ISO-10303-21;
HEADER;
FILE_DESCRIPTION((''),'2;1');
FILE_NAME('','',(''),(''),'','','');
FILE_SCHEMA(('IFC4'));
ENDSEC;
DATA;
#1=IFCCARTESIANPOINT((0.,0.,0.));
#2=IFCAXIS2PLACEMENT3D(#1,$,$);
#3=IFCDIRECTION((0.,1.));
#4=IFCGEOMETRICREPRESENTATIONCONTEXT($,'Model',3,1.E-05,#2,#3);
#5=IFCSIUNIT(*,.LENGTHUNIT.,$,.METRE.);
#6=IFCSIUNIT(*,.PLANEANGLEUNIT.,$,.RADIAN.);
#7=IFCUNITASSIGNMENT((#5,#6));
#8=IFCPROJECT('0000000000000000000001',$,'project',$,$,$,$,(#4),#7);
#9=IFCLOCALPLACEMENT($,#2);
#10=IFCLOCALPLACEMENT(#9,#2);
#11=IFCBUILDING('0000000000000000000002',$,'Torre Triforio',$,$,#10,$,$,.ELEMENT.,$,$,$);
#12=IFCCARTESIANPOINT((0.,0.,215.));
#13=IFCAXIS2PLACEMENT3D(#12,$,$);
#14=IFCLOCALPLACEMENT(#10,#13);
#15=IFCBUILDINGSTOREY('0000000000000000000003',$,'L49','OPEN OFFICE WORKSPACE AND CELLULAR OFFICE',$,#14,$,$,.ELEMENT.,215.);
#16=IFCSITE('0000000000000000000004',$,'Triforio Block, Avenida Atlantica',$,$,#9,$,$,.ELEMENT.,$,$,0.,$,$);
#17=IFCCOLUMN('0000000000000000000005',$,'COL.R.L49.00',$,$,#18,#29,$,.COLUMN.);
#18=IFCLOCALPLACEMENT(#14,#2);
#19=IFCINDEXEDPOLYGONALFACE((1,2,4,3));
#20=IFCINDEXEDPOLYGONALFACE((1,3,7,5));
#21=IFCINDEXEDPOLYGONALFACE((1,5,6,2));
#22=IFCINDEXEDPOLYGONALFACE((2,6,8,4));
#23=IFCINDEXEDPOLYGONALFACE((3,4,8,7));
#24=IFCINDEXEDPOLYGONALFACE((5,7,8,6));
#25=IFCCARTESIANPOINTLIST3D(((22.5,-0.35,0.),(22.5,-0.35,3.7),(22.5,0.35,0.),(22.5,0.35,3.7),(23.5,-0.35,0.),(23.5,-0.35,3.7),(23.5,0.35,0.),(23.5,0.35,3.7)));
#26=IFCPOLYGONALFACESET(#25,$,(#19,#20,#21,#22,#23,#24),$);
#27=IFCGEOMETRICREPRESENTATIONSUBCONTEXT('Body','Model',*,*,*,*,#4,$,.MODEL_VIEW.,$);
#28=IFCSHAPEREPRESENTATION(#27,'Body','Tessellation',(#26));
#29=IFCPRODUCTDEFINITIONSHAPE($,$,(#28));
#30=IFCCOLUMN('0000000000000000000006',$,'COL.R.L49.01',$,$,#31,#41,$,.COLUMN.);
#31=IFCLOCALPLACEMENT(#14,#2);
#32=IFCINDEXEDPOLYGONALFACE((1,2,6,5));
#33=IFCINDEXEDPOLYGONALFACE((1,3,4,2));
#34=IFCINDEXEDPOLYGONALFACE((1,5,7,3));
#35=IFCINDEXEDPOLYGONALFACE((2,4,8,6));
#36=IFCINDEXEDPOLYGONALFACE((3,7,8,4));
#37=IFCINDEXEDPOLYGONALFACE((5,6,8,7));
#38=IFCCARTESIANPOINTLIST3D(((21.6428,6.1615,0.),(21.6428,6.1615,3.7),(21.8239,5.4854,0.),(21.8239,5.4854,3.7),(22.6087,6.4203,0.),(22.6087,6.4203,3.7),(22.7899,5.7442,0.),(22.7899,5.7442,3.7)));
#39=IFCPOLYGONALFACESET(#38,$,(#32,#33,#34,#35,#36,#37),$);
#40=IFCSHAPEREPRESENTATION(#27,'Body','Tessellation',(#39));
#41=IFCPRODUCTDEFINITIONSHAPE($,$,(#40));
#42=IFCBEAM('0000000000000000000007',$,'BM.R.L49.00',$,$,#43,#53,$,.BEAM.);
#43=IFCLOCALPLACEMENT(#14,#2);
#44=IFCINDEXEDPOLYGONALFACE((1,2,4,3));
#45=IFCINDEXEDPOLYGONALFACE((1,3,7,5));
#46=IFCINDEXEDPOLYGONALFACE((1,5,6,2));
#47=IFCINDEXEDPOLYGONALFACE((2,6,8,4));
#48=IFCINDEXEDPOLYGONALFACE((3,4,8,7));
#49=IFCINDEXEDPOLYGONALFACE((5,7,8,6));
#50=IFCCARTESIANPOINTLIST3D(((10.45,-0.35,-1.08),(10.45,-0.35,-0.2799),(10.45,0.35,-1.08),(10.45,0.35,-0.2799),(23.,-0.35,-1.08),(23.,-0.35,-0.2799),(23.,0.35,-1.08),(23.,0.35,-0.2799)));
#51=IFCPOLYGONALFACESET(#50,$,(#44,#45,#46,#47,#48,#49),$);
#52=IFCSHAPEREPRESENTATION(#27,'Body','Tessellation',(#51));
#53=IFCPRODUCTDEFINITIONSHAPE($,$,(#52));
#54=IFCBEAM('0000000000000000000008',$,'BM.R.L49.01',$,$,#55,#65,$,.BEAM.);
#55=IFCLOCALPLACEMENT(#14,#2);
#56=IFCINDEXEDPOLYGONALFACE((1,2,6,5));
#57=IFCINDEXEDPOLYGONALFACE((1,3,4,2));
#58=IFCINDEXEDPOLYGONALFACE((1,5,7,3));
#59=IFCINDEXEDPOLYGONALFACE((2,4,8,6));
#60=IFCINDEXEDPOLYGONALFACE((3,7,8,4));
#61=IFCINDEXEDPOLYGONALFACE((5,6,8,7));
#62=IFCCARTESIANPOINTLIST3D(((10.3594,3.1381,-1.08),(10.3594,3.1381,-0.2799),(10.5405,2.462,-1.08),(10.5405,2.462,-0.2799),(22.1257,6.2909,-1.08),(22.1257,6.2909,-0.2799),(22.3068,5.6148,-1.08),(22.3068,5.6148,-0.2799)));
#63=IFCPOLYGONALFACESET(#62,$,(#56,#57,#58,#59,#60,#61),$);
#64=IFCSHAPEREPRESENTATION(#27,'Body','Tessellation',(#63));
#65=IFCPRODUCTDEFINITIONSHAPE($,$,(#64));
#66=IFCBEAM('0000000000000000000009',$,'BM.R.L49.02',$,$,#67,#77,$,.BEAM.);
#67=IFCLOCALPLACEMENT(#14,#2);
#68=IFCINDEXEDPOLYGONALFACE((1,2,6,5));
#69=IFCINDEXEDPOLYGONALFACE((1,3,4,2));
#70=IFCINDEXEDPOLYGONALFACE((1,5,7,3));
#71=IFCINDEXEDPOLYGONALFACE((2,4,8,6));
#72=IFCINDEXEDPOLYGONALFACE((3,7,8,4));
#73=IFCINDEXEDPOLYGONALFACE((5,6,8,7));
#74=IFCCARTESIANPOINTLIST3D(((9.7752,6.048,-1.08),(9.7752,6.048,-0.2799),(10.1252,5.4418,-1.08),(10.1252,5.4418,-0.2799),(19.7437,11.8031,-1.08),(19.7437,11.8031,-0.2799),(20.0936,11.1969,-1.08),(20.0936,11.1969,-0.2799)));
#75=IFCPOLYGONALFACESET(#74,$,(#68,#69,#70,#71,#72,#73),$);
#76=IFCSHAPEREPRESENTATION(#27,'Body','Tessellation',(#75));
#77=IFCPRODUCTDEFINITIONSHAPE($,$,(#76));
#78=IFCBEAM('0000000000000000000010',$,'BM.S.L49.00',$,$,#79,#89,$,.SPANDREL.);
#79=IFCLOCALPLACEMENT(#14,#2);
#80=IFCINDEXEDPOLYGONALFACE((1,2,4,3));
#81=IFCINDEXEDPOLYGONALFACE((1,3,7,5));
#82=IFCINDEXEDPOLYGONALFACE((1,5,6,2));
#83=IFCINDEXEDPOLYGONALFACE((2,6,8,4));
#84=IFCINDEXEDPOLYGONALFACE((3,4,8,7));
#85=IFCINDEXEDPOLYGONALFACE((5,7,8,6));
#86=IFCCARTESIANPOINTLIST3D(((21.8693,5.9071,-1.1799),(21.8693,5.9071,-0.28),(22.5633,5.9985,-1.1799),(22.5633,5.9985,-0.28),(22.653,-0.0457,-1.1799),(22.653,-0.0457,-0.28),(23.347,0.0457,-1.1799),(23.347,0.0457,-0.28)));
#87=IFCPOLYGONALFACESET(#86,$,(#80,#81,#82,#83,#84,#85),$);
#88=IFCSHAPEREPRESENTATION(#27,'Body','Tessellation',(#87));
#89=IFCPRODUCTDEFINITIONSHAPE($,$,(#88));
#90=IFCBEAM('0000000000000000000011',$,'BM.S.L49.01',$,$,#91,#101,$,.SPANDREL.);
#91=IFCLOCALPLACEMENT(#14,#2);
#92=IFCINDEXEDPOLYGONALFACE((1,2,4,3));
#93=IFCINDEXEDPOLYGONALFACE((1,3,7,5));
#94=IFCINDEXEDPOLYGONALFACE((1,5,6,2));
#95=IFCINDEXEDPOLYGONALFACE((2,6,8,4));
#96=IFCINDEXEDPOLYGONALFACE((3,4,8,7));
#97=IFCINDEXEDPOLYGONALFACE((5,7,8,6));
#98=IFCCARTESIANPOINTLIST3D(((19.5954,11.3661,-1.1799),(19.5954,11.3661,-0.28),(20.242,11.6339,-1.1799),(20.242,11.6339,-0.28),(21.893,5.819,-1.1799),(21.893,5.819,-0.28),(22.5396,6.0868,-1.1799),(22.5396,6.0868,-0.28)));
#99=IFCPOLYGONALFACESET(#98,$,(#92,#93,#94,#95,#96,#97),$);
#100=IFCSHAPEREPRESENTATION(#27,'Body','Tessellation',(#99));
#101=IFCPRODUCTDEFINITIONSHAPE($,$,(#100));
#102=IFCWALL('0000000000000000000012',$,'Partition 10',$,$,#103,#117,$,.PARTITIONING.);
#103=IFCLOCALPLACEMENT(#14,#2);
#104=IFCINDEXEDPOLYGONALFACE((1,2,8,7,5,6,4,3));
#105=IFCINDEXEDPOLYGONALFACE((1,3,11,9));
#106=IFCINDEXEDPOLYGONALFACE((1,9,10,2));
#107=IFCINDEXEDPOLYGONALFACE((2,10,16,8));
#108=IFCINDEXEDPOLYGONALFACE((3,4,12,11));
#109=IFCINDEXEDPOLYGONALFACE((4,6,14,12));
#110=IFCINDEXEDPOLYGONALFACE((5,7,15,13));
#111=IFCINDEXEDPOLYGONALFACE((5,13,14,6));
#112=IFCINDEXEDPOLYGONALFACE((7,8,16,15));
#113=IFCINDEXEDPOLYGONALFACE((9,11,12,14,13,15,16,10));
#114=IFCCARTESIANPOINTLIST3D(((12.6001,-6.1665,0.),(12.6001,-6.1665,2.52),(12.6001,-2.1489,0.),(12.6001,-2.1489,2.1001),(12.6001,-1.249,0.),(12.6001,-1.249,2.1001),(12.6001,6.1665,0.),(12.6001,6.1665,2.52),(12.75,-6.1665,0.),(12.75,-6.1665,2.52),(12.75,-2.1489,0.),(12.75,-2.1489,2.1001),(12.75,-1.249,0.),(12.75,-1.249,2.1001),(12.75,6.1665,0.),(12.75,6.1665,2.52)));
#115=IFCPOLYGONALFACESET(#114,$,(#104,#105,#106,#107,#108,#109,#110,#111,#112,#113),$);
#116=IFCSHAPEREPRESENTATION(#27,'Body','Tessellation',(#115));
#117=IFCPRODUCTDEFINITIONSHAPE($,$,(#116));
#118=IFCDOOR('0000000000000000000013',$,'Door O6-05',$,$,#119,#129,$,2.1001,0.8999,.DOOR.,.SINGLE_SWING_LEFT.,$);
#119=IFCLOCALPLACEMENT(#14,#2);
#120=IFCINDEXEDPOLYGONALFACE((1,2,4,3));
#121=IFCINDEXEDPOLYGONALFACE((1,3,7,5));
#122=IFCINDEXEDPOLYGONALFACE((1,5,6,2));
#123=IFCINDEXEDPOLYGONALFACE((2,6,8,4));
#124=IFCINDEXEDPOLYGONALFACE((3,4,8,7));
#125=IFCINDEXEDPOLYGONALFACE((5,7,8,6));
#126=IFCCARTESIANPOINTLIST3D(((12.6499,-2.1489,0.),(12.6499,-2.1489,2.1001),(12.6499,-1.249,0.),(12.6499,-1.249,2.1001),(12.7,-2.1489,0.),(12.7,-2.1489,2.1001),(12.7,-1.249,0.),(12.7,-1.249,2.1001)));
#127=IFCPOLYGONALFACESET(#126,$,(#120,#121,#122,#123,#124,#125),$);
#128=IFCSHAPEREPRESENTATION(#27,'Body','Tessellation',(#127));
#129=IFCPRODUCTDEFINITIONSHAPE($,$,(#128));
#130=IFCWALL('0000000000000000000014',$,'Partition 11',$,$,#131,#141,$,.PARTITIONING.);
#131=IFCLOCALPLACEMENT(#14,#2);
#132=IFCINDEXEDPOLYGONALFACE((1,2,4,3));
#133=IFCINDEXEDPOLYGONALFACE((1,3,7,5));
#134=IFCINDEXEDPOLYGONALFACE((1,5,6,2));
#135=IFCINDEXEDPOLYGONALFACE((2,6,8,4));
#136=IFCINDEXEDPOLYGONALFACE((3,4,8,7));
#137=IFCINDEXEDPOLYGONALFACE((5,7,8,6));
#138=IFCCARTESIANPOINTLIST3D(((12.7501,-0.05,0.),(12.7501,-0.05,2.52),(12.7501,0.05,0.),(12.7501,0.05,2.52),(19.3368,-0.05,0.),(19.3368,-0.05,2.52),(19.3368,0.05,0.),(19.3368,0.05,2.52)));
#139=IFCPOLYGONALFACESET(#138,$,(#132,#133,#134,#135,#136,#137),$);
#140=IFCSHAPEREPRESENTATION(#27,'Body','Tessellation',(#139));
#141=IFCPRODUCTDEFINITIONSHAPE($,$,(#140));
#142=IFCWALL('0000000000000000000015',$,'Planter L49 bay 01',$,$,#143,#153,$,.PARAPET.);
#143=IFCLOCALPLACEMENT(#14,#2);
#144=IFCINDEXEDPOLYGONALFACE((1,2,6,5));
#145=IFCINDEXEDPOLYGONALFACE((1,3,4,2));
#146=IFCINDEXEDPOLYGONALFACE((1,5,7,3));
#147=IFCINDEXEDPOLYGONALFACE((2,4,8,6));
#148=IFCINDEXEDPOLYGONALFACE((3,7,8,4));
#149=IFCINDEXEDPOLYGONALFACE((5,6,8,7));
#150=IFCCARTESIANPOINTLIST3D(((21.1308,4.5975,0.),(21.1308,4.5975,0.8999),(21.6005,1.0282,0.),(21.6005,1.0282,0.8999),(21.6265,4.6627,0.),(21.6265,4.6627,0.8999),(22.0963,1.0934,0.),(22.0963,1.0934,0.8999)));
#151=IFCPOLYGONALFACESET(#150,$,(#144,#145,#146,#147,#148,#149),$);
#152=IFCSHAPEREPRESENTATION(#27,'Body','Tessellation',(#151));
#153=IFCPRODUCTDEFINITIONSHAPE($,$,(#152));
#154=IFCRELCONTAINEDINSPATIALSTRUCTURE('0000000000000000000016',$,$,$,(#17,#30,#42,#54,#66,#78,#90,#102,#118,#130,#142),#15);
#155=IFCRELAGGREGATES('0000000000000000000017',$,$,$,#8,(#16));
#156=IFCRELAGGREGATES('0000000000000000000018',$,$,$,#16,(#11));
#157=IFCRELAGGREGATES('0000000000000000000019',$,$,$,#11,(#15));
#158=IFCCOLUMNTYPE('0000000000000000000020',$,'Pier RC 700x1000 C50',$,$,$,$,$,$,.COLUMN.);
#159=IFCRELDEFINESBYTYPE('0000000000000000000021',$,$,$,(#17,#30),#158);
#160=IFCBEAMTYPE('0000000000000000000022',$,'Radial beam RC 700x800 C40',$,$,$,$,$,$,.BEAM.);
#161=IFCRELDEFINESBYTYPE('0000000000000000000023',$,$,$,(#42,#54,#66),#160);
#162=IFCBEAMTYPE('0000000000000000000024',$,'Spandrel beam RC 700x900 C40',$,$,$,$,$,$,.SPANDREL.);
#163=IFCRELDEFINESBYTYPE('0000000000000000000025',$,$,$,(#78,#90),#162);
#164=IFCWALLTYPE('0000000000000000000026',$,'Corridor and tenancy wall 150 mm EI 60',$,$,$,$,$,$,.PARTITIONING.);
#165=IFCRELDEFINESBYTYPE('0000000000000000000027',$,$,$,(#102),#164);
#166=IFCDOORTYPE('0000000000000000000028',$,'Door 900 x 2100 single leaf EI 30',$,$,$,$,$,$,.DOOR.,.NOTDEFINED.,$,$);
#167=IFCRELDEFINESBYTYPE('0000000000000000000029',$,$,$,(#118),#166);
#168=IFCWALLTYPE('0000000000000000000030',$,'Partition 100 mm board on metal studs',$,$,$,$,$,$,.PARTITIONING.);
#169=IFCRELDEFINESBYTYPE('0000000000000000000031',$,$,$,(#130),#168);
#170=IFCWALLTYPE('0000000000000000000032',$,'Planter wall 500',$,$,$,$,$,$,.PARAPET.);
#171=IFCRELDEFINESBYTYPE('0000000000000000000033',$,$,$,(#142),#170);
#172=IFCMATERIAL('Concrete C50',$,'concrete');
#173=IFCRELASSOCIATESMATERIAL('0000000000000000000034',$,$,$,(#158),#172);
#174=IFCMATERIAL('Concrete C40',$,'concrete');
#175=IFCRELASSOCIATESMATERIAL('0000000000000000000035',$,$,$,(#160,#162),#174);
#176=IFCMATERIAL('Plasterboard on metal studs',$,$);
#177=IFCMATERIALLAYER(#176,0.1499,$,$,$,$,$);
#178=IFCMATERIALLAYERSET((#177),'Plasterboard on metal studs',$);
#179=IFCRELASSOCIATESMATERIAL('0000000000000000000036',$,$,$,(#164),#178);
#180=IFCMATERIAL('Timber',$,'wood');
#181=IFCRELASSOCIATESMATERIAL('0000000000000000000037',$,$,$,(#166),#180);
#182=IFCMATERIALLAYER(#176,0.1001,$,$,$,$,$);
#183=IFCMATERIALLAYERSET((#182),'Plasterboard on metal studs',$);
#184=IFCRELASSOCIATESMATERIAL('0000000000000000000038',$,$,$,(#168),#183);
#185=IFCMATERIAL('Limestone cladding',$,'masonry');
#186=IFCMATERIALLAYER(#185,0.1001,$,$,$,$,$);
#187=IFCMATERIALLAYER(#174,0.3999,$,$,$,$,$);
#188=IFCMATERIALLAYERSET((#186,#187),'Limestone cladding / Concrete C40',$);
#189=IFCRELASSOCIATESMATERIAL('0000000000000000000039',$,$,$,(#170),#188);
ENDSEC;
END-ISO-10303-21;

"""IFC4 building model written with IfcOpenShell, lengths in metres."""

from ifc_helpers import new_model, si_unit, direction, frame, frame_2d, origin, origin_2d, place, context, subcontext, project, spatial, rectangle, extrude, material, layer, layer_set, material_profile, profile_set, type_object, element, fill, save


model = new_model("IFC4")

# Units and contexts
model_context = context("Model", 3, precision=1e-05, world=origin(), true_north=direction((0.0, 1.0)))
body_context = subcontext(model_context, "Body", "Model", "MODEL_VIEW")
ifc_project = project(units=[si_unit("LENGTHUNIT", "METRE"), si_unit("PLANEANGLEUNIT", "RADIAN")], contexts=[model_context])

# Site, building, storey
site_placement = place(None, origin())
site = spatial("IfcSite", under=ifc_project, at=site_placement, Name="Triforio Block, Avenida Atlantica", CompositionType="ELEMENT", RefElevation=0.0)
building_placement = place(site_placement, origin())
building = spatial("IfcBuilding", under=site, at=building_placement, Name="Torre Triforio", CompositionType="ELEMENT")
storey_placement = place(building_placement, frame((0.0, 0.0, 215.0)))
storey = spatial("IfcBuildingStorey", under=building, at=storey_placement, Name="L49", Description="OPEN OFFICE WORKSPACE AND CELLULAR OFFICE", CompositionType="ELEMENT", Elevation=215.0)

# Columns
ifc_material_1 = material(Name="Concrete C50", Category="concrete")
ifc_material_profile_1 = material_profile(ifc_material_1, rectangle(XDim=0.7, YDim=1.0, at=origin_2d()), Name="RC 700x1000")
ifc_profile_set_1 = profile_set([ifc_material_profile_1], Name="Concrete C50")
column_type = type_object("IfcColumnType", Name="Pier RC 700x1000 C50", PredefinedType="COLUMN", material=ifc_profile_set_1)
for number, where, z_axis, x_axis, name in (
    (1, (23.0, 0.0, 0.0), (0.0, 0.0, 1.0), (0.0, 1.0, 0.0), "COL.R.L49.00"),
    (2, (22.2163, 5.9529, 0.0), (0.0, 0.0, 1.0), (-0.258819, 0.965926, 0.0), "COL.R.L49.01"),
):
    element("IfcColumn", number, at=place(storey_placement, frame(where, z_axis=z_axis, x_axis=x_axis)), inside=storey, type_object=column_type, Name=name, PredefinedType="COLUMN", context=body_context, shape_type="SweptSolid", body=[
        extrude(rectangle(XDim=0.7, YDim=1.0, at=origin_2d()), origin(), (0.0, 0.0, 1.0), 3.7),
    ])

# Beams
ifc_material_2 = material(Name="Concrete C40", Category="concrete")
ifc_material_profile_2 = material_profile(ifc_material_2, rectangle(XDim=0.7, YDim=0.8, at=origin_2d()), Name="RC 700x800")
ifc_profile_set_2 = profile_set([ifc_material_profile_2], Name="Concrete C40")
beam_type_1 = type_object("IfcBeamType", Name="Radial beam RC 700x800 C40", PredefinedType="BEAM", material=ifc_profile_set_2)
beam_1_placement = place(storey_placement, frame((10.45, 0.0, -0.6799), z_axis=(1.0, 0.0, 0.0), x_axis=(0.0, 1.0, 0.0)))
element("IfcBeam", 3, at=beam_1_placement, inside=storey, type_object=beam_type_1, Name="BM.R.L49.00", PredefinedType="BEAM", context=body_context, shape_type="SweptSolid", body=[
    extrude(rectangle(XDim=0.7, YDim=0.8, at=origin_2d()), origin(), (0.0, 0.0, 1.0), 12.55),
])
beam_2_placement = place(storey_placement, frame((10.45, 2.8, -0.6799), z_axis=(0.965925, 0.258823, 0.0), x_axis=(-0.258823, 0.965925, 0.0)))
element("IfcBeam", 4, at=beam_2_placement, inside=storey, type_object=beam_type_1, Name="BM.R.L49.01", PredefinedType="BEAM", context=body_context, shape_type="SweptSolid", body=[
    extrude(rectangle(XDim=0.7, YDim=0.8, at=origin_2d()), origin(), (0.0, 0.0, 1.0), 12.1814),
])
beam_3_placement = place(storey_placement, frame((9.9502, 5.7449, -0.6799), z_axis=(0.866033, 0.499987, 0.0), x_axis=(-0.499987, 0.866033, 0.0)))
element("IfcBeam", 5, at=beam_3_placement, inside=storey, type_object=beam_type_1, Name="BM.R.L49.02", PredefinedType="BEAM", context=body_context, shape_type="SweptSolid", body=[
    extrude(rectangle(XDim=0.7, YDim=0.8, at=origin_2d()), origin(), (0.0, 0.0, 1.0), 11.5105),
])
ifc_material_profile_3 = material_profile(ifc_material_2, rectangle(XDim=0.7, YDim=0.8999, at=origin_2d()), Name="RC 700x900")
ifc_profile_set_3 = profile_set([ifc_material_profile_3], Name="Concrete C40")
beam_type_2 = type_object("IfcBeamType", Name="Spandrel beam RC 700x900 C40", PredefinedType="SPANDREL", material=ifc_profile_set_3)
for number, where, z_axis, x_axis, name in (
    (6, (23.0, 0.0, -0.73), (-0.130523, 0.991445, 0.0), (-0.991445, -0.130523, 0.0), "BM.S.L49.00"),
    (7, (22.2163, 5.9529, -0.73), (-0.382671, 0.923885, 0.0), (-0.923885, -0.382671, 0.0), "BM.S.L49.01"),
):
    element("IfcBeam", number, at=place(storey_placement, frame(where, z_axis=z_axis, x_axis=x_axis)), inside=storey, type_object=beam_type_2, Name=name, PredefinedType="SPANDREL", context=body_context, shape_type="SweptSolid", body=[
        extrude(rectangle(XDim=0.7, YDim=0.8999, at=origin_2d()), origin(), (0.0, 0.0, 1.0), 6.0042),
    ])

# Wall, opening, door
ifc_material_3 = material(Name="Plasterboard on metal studs")
ifc_layer_1 = layer(ifc_material_3, 0.1499)
ifc_layer_set_1 = layer_set([ifc_layer_1], Name="Plasterboard on metal studs")
wall_type_1 = type_object("IfcWallType", Name="Corridor and tenancy wall 150 mm EI 60", PredefinedType="PARTITIONING", material=ifc_layer_set_1)
wall_1_placement = place(storey_placement, frame((12.675, 6.1665, 0.0), z_axis=(0.0, 0.0, 1.0), x_axis=(0.0, -1.0, 0.0)))
wall_1 = element("IfcWall", 8, at=wall_1_placement, inside=storey, type_object=wall_type_1, Name="Partition 10", PredefinedType="PARTITIONING", context=body_context, shape_type="SweptSolid", body=[
    extrude(rectangle(XDim=12.333, YDim=0.1499, at=frame_2d((6.1665, 0.0))), origin(), (0.0, 0.0, 1.0), 2.52),
])
opening_1_placement = place(wall_1_placement, frame((7.4155, 0.0, 0.0)))
opening_1 = element("IfcOpeningElement", 9, at=opening_1_placement, cuts=wall_1, PredefinedType="OPENING", context=body_context, shape_type="SweptSolid", body=[
    extrude(rectangle(XDim=0.8999, YDim=2.1001, at=frame_2d((0.45, 1.05))), frame((0.0, 0.085, 0.0), z_axis=(0.0, -1.0, 0.0), x_axis=(1.0, 0.0, 0.0)), (0.0, 0.0, 1.0), 0.1699),
])
ifc_material_4 = material(Name="Timber", Category="wood")
door_type_1 = type_object("IfcDoorType", Name="Door 900 x 2100 single leaf EI 30", OperationType="NOTDEFINED", PredefinedType="DOOR", material=ifc_material_4)
door_1_placement = place(opening_1_placement, origin())
door_1 = element("IfcDoor", 10, at=door_1_placement, inside=storey, type_object=door_type_1, Name="Door O6-05", OperationType="SINGLE_SWING_LEFT", OverallHeight=2.1001, OverallWidth=0.8999, PredefinedType="DOOR", context=body_context, shape_type="SweptSolid", body=[
    extrude(rectangle(XDim=0.8999, YDim=2.1001, at=frame_2d((0.45, 1.05))), frame((0.0, 0.0249, 0.0), z_axis=(0.0, -1.0, 0.0), x_axis=(1.0, 0.0, 0.0)), (0.0, 0.0, 1.0), 0.05),
])
fill(opening_1, door_1)

# Walls
ifc_layer_2 = layer(ifc_material_3, 0.1001)
ifc_layer_set_2 = layer_set([ifc_layer_2], Name="Plasterboard on metal studs")
wall_type_2 = type_object("IfcWallType", Name="Partition 100 mm board on metal studs", PredefinedType="PARTITIONING", material=ifc_layer_set_2)
wall_2_placement = place(storey_placement, frame((12.75, 0.0, 0.0), z_axis=(0.0, 0.0, 1.0), x_axis=(1.0, 0.0, 0.0)))
element("IfcWall", 11, at=wall_2_placement, inside=storey, type_object=wall_type_2, Name="Partition 11", PredefinedType="PARTITIONING", context=body_context, shape_type="SweptSolid", body=[
    extrude(rectangle(XDim=6.5867, YDim=0.1001, at=frame_2d((3.2935, 0.0))), origin(), (0.0, 0.0, 1.0), 2.52),
])
ifc_material_5 = material(Name="Limestone cladding", Category="masonry")
ifc_layer_3 = layer(ifc_material_5, 0.1001)
ifc_layer_4 = layer(ifc_material_2, 0.3999)
ifc_layer_set_3 = layer_set([ifc_layer_3, ifc_layer_4], Name="Limestone cladding / Concrete C40")
wall_type_3 = type_object("IfcWallType", Name="Planter wall 500", PredefinedType="PARAPET", material=ifc_layer_set_3)
wall_3_placement = place(storey_placement, frame((21.8484, 1.0608, 0.0), z_axis=(0.0, 0.0, 1.0), x_axis=(-0.130476, 0.991452, 0.0)))
element("IfcWall", 12, at=wall_3_placement, inside=storey, type_object=wall_type_3, Name="Planter L49 bay 01", PredefinedType="PARAPET", context=body_context, shape_type="SweptSolid", body=[
    extrude(rectangle(XDim=3.6001, YDim=0.5, at=frame_2d((1.8, 0.0))), origin(), (0.0, 0.0, 1.0), 0.8999),
])

save(model, "model.ifc")
